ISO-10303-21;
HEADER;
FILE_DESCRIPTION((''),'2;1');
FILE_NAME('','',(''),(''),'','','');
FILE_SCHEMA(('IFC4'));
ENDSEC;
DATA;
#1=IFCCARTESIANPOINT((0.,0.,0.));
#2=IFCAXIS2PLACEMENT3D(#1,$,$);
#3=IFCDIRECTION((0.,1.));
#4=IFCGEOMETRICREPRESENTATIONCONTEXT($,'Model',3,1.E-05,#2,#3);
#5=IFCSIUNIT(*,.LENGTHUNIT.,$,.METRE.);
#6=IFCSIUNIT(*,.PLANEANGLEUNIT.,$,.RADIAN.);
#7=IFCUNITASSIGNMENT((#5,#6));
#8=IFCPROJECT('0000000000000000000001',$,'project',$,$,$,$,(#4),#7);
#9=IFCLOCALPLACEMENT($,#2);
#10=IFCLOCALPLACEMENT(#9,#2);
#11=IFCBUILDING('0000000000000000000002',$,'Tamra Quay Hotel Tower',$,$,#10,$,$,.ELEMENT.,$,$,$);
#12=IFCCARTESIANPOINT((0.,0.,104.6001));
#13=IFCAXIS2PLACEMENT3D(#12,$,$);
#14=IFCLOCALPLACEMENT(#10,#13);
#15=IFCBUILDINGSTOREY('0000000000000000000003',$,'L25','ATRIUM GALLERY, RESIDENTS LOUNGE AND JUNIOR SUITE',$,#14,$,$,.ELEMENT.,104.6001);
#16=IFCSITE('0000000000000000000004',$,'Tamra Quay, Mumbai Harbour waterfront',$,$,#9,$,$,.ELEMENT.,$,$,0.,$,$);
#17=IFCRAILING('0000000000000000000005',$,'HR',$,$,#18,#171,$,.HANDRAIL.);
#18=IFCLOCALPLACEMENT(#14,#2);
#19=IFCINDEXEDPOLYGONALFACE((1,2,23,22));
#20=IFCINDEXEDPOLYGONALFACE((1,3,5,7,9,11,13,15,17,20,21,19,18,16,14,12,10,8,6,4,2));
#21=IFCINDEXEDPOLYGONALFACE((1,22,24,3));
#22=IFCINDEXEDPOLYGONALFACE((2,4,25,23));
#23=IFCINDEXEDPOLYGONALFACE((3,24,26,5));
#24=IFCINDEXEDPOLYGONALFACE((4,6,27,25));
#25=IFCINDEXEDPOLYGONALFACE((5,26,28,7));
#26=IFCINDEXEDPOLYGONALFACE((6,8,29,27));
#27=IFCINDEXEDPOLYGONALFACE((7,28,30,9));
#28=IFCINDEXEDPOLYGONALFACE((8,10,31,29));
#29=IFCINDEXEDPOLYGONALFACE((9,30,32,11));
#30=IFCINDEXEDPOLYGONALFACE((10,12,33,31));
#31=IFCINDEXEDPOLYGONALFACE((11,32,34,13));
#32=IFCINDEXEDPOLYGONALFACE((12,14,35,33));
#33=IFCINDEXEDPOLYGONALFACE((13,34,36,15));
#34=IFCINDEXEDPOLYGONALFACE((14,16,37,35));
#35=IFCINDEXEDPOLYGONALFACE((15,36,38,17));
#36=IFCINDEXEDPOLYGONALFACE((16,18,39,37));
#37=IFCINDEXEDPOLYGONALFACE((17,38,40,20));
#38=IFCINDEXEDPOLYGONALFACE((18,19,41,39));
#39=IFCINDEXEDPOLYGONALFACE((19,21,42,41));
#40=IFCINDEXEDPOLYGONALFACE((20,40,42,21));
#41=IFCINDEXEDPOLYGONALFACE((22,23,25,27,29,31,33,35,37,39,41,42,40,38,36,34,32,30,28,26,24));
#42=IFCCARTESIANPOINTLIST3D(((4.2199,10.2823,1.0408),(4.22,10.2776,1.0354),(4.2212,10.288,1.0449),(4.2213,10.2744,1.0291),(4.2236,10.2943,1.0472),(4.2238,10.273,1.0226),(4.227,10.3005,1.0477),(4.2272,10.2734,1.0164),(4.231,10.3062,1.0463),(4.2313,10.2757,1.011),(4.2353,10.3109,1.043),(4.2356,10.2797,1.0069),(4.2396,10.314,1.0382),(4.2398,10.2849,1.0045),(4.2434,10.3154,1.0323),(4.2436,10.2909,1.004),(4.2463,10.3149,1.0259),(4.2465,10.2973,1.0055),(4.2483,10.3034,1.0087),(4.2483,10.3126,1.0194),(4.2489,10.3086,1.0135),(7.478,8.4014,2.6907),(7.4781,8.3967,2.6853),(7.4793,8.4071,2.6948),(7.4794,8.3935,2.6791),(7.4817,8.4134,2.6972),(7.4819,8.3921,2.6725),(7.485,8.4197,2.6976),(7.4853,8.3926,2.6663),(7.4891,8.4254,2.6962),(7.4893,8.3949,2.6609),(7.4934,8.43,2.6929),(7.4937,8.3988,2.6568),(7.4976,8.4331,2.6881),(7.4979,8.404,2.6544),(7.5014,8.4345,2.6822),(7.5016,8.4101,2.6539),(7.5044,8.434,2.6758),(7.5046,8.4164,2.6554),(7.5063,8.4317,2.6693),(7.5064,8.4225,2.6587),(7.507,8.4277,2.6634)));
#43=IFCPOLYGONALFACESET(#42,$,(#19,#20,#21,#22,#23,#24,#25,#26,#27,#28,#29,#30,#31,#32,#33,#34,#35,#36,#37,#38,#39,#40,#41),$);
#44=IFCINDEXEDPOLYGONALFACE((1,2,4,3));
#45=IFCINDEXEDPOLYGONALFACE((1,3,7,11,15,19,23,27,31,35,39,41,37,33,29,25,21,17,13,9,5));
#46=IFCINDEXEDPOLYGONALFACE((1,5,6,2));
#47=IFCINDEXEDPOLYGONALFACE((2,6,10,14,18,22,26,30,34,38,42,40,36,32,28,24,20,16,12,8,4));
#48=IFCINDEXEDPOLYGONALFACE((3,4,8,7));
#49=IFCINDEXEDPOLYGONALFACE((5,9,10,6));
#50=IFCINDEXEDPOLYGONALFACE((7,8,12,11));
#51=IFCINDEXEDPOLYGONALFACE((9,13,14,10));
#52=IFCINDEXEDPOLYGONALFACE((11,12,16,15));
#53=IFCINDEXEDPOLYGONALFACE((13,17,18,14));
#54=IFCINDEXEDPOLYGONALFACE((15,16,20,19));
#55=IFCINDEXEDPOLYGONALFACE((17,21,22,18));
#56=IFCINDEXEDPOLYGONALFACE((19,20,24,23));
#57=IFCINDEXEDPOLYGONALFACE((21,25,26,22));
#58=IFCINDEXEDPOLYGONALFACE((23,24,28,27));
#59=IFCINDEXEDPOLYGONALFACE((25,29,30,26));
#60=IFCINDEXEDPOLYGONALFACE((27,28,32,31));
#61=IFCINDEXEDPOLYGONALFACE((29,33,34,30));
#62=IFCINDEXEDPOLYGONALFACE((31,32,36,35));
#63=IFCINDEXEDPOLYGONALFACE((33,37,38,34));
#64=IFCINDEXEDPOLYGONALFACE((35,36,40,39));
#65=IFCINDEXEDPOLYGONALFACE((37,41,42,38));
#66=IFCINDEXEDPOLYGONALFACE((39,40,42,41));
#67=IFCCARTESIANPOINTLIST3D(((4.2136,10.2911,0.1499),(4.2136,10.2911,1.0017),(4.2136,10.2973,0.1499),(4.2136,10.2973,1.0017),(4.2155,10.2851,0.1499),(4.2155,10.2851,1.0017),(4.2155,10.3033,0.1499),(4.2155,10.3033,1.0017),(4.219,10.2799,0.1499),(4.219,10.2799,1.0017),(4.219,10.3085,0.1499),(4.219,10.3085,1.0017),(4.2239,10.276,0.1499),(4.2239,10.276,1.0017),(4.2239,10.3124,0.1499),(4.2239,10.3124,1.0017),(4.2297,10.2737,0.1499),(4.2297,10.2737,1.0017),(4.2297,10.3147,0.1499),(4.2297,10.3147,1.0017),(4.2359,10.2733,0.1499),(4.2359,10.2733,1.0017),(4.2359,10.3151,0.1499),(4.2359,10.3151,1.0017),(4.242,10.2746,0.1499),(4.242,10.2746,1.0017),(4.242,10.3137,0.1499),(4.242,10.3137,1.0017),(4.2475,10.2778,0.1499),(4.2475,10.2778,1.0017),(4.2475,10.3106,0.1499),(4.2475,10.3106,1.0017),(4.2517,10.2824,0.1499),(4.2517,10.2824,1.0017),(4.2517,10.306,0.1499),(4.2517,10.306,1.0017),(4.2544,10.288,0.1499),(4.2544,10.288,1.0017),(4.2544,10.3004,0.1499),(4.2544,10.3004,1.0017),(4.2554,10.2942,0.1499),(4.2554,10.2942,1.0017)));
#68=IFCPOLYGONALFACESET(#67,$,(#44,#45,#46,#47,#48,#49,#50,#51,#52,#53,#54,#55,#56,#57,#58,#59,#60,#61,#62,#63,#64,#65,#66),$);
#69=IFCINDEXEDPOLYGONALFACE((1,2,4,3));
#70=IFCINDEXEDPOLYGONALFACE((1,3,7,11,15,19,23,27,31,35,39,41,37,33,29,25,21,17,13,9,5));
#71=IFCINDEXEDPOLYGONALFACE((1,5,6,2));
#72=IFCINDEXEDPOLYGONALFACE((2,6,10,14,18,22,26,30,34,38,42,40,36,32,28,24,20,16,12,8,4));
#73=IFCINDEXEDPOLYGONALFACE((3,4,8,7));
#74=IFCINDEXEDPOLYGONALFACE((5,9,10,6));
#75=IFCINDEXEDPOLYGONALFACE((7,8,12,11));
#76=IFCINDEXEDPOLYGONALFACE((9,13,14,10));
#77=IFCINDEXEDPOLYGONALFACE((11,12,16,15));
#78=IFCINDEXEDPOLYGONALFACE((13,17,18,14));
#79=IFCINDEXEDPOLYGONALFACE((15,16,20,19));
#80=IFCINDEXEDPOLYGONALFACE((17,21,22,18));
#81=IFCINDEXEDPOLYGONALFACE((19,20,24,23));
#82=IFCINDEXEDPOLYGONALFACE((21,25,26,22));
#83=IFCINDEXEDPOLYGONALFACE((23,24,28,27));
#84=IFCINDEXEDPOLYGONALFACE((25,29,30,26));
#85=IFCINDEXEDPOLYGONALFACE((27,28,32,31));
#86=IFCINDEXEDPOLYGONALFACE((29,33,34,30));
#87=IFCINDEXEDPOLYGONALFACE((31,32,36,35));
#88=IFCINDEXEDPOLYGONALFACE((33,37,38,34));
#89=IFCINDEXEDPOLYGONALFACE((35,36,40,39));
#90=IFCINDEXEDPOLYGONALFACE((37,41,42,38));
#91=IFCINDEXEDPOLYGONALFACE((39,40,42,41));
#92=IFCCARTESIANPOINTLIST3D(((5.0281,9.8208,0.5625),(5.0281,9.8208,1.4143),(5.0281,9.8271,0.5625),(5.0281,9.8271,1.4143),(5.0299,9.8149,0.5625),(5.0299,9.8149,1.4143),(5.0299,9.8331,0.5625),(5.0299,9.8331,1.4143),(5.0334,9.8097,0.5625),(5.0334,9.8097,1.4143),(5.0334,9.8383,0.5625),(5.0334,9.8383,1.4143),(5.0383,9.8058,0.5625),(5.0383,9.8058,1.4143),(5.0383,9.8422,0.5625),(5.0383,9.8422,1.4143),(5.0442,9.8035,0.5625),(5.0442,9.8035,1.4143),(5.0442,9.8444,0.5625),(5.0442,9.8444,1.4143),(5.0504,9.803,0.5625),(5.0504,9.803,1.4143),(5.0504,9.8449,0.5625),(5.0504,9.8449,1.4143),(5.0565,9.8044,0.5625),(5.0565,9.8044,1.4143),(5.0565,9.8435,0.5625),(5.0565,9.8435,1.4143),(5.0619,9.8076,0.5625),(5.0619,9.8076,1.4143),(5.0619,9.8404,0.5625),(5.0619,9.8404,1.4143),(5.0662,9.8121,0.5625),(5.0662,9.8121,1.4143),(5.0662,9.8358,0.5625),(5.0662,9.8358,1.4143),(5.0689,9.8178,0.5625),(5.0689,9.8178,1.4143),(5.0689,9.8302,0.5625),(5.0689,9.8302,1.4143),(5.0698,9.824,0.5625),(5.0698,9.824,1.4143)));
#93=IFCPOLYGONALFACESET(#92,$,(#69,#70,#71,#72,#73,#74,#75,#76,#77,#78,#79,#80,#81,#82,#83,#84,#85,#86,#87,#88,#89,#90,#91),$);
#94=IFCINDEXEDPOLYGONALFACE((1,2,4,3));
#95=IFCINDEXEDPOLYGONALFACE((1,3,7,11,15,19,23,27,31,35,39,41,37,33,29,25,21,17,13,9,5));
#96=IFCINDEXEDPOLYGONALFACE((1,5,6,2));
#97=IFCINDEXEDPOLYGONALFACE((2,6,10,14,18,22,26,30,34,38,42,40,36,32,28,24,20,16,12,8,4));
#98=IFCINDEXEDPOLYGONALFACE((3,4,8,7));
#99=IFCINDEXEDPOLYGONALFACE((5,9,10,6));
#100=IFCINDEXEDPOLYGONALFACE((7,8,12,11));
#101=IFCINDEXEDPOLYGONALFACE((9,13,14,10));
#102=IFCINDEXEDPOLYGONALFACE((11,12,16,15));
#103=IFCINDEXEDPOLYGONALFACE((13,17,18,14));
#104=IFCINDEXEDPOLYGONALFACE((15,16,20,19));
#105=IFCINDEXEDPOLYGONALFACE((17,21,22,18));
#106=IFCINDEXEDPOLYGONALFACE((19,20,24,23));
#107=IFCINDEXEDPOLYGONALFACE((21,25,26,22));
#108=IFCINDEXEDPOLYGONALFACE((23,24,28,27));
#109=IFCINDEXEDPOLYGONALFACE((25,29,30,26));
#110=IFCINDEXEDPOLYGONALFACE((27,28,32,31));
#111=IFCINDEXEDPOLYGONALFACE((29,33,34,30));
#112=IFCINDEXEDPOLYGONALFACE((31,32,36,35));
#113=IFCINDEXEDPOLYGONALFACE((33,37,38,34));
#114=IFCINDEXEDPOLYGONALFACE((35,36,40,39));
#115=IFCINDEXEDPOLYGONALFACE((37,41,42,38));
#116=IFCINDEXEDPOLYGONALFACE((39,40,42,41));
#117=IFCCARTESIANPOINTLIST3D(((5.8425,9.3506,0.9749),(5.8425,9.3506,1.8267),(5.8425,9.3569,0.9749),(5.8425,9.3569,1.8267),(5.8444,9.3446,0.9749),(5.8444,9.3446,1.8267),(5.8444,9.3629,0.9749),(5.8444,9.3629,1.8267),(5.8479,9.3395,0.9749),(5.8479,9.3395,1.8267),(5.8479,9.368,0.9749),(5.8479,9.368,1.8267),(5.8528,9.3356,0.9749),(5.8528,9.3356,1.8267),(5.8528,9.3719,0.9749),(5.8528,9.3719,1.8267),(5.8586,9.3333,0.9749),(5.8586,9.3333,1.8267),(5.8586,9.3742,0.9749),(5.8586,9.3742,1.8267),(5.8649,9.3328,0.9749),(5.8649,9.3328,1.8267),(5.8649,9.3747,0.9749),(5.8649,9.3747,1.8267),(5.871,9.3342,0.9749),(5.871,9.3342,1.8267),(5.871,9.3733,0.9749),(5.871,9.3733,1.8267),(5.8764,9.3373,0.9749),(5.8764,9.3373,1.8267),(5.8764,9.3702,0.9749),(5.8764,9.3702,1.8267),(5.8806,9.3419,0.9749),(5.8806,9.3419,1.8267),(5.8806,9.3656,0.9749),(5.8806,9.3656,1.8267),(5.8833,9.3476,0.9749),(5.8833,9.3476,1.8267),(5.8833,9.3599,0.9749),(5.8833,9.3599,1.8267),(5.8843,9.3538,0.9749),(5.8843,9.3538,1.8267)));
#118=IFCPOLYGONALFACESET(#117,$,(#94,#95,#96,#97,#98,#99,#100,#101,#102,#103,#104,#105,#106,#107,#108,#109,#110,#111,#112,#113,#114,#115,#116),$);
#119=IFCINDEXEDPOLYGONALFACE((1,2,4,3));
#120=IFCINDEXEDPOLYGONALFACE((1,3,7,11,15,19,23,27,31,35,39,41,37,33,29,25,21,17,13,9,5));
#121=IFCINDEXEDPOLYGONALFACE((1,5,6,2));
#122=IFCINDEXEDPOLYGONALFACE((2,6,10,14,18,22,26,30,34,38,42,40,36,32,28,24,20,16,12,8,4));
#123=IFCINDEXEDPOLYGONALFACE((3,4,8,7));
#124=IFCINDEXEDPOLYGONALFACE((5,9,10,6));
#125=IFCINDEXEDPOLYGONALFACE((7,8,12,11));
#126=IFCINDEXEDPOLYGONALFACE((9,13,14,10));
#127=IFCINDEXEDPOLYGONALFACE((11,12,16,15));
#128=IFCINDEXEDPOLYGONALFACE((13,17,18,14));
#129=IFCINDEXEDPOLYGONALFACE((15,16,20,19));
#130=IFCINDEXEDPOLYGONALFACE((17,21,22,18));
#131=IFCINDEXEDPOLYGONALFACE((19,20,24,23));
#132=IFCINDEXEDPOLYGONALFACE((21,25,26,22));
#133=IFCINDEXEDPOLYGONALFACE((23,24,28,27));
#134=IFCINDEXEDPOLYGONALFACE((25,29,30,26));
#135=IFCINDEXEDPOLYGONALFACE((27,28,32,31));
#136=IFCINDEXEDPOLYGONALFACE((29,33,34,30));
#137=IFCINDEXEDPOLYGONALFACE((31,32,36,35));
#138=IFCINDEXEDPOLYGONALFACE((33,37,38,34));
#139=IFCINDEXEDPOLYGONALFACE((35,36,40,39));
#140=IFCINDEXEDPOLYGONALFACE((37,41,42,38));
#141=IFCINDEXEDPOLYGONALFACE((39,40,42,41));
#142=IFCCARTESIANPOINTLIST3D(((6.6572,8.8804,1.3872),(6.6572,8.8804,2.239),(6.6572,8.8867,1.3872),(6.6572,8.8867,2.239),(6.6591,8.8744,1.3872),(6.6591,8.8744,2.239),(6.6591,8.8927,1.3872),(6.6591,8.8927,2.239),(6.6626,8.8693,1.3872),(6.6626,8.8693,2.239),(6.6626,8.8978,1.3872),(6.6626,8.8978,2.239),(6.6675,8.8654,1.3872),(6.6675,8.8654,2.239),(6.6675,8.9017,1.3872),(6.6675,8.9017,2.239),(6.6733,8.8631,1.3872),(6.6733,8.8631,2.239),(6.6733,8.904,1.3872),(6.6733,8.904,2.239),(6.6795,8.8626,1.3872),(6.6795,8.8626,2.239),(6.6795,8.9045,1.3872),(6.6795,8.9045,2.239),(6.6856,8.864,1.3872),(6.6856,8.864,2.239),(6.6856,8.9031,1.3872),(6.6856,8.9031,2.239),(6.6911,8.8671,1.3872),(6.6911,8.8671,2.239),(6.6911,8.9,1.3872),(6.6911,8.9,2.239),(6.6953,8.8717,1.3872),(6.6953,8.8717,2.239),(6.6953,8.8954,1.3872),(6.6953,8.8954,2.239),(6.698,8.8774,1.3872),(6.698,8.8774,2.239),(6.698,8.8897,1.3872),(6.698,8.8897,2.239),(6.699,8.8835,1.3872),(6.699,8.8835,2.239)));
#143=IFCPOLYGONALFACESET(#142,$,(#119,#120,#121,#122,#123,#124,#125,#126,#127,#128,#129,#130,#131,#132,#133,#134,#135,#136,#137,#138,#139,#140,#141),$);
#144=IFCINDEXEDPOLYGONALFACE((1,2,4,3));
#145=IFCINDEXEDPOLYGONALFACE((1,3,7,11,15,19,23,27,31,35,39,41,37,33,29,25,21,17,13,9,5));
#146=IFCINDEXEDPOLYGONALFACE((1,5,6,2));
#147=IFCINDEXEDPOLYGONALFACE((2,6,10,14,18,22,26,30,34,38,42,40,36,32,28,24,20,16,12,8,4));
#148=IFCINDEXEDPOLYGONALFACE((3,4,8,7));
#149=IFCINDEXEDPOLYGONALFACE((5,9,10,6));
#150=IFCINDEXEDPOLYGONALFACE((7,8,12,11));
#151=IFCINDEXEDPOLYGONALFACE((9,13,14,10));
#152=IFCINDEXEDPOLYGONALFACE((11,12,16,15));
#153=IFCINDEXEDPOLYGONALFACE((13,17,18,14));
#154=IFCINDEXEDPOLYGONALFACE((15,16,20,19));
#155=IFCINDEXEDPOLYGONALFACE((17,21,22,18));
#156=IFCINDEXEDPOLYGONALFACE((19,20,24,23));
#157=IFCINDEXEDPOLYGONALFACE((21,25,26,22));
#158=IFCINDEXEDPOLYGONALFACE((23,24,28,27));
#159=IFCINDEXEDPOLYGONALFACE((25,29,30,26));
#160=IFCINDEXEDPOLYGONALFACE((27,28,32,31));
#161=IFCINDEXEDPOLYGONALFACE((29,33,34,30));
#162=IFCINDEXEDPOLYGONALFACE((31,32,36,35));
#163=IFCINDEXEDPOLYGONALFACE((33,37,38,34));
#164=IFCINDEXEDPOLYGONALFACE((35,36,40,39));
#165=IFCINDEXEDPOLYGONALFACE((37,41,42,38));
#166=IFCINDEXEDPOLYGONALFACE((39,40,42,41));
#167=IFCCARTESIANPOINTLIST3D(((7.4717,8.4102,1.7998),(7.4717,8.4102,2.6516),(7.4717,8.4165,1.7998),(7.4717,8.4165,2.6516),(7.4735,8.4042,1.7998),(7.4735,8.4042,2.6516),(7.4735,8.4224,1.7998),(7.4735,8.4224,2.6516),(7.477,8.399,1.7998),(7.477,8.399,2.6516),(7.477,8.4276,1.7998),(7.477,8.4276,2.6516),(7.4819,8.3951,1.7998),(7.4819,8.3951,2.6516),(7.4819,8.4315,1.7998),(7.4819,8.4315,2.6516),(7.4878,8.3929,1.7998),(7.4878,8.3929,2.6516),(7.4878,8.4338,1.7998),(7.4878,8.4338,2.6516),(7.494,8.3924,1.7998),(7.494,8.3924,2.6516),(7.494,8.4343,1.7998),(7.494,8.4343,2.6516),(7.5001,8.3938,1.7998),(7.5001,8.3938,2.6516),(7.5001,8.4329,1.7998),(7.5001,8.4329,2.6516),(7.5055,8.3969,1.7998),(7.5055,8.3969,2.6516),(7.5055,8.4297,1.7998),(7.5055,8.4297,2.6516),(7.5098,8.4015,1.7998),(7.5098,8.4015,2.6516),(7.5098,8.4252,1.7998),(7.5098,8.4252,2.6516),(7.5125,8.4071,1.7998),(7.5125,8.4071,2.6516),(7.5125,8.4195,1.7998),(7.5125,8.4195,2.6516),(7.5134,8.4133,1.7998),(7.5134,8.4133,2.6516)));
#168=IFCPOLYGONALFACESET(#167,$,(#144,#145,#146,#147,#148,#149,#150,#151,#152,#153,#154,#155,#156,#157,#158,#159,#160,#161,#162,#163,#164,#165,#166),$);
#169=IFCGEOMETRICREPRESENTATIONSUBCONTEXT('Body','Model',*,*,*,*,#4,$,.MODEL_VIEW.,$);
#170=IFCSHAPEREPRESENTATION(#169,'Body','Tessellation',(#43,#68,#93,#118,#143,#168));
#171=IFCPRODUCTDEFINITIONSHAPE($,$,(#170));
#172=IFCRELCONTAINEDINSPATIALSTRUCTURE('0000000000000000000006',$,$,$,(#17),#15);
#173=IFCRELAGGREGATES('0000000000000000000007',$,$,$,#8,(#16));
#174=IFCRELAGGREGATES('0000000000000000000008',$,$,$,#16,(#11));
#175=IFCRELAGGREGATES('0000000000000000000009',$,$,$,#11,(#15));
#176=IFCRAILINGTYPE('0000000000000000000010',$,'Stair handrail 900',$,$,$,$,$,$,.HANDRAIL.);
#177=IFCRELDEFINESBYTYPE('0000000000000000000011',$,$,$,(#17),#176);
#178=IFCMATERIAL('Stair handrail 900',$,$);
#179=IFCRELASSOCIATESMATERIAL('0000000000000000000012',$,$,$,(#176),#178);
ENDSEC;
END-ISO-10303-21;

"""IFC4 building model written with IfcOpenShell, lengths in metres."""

from ifc_helpers import new_model, si_unit, direction, frame, origin, origin_2d, place, context, subcontext, project, spatial, circle, extrude, material, type_object, element, save


model = new_model("IFC4")

# Units and contexts
model_context = context("Model", 3, precision=1e-05, world=origin(), true_north=direction((0.0, 1.0)))
body_context = subcontext(model_context, "Body", "Model", "MODEL_VIEW")
ifc_project = project(units=[si_unit("LENGTHUNIT", "METRE"), si_unit("PLANEANGLEUNIT", "RADIAN")], contexts=[model_context])

# Site, building, storey
site_placement = place(None, origin())
site = spatial("IfcSite", under=ifc_project, at=site_placement, Name="Tamra Quay, Mumbai Harbour waterfront", CompositionType="ELEMENT", RefElevation=0.0)
building_placement = place(site_placement, origin())
building = spatial("IfcBuilding", under=site, at=building_placement, Name="Tamra Quay Hotel Tower", CompositionType="ELEMENT")
storey_placement = place(building_placement, frame((0.0, 0.0, 104.6001)))
storey = spatial("IfcBuildingStorey", under=building, at=storey_placement, Name="L25", Description="ATRIUM GALLERY, RESIDENTS LOUNGE AND JUNIOR SUITE", CompositionType="ELEMENT", Elevation=104.6001)

# Railing
ifc_material_1 = material(Name="Stair handrail 900")
railing_type = type_object("IfcRailingType", Name="Stair handrail 900", PredefinedType="HANDRAIL", material=ifc_material_1)
railing_1_placement = place(storey_placement, frame((4.2344, 10.2942, 0.1499)))
element("IfcRailing", 1, at=railing_1_placement, inside=storey, type_object=railing_type, Name="HR", PredefinedType="HANDRAIL", context=body_context, shape_type="SweptSolid", body=[
    extrude(circle(Radius=0.0239, at=origin_2d()), frame((0.0, 0.0, 0.876), z_axis=(0.793122, -0.457865, 0.401642), x_axis=(0.499964, 0.866046, 0.0)), (0.0, 0.0, 1.0), 4.1079),
    extrude(circle(Radius=0.021, at=origin_2d()), origin(), (0.0, 0.0, 1.0), 0.8518),
    extrude(circle(Radius=0.021, at=origin_2d()), frame((0.8145, -0.4702, 0.4126)), (0.0, 0.0, 1.0), 0.8518),
    extrude(circle(Radius=0.021, at=origin_2d()), frame((1.6289, -0.9404, 0.825)), (0.0, 0.0, 1.0), 0.8518),
    extrude(circle(Radius=0.021, at=origin_2d()), frame((2.4436, -1.4106, 1.2373)), (0.0, 0.0, 1.0), 0.8518),
    extrude(circle(Radius=0.021, at=origin_2d()), frame((3.2581, -1.8809, 1.6499)), (0.0, 0.0, 1.0), 0.8518),
])

save(model, "model.ifc")
